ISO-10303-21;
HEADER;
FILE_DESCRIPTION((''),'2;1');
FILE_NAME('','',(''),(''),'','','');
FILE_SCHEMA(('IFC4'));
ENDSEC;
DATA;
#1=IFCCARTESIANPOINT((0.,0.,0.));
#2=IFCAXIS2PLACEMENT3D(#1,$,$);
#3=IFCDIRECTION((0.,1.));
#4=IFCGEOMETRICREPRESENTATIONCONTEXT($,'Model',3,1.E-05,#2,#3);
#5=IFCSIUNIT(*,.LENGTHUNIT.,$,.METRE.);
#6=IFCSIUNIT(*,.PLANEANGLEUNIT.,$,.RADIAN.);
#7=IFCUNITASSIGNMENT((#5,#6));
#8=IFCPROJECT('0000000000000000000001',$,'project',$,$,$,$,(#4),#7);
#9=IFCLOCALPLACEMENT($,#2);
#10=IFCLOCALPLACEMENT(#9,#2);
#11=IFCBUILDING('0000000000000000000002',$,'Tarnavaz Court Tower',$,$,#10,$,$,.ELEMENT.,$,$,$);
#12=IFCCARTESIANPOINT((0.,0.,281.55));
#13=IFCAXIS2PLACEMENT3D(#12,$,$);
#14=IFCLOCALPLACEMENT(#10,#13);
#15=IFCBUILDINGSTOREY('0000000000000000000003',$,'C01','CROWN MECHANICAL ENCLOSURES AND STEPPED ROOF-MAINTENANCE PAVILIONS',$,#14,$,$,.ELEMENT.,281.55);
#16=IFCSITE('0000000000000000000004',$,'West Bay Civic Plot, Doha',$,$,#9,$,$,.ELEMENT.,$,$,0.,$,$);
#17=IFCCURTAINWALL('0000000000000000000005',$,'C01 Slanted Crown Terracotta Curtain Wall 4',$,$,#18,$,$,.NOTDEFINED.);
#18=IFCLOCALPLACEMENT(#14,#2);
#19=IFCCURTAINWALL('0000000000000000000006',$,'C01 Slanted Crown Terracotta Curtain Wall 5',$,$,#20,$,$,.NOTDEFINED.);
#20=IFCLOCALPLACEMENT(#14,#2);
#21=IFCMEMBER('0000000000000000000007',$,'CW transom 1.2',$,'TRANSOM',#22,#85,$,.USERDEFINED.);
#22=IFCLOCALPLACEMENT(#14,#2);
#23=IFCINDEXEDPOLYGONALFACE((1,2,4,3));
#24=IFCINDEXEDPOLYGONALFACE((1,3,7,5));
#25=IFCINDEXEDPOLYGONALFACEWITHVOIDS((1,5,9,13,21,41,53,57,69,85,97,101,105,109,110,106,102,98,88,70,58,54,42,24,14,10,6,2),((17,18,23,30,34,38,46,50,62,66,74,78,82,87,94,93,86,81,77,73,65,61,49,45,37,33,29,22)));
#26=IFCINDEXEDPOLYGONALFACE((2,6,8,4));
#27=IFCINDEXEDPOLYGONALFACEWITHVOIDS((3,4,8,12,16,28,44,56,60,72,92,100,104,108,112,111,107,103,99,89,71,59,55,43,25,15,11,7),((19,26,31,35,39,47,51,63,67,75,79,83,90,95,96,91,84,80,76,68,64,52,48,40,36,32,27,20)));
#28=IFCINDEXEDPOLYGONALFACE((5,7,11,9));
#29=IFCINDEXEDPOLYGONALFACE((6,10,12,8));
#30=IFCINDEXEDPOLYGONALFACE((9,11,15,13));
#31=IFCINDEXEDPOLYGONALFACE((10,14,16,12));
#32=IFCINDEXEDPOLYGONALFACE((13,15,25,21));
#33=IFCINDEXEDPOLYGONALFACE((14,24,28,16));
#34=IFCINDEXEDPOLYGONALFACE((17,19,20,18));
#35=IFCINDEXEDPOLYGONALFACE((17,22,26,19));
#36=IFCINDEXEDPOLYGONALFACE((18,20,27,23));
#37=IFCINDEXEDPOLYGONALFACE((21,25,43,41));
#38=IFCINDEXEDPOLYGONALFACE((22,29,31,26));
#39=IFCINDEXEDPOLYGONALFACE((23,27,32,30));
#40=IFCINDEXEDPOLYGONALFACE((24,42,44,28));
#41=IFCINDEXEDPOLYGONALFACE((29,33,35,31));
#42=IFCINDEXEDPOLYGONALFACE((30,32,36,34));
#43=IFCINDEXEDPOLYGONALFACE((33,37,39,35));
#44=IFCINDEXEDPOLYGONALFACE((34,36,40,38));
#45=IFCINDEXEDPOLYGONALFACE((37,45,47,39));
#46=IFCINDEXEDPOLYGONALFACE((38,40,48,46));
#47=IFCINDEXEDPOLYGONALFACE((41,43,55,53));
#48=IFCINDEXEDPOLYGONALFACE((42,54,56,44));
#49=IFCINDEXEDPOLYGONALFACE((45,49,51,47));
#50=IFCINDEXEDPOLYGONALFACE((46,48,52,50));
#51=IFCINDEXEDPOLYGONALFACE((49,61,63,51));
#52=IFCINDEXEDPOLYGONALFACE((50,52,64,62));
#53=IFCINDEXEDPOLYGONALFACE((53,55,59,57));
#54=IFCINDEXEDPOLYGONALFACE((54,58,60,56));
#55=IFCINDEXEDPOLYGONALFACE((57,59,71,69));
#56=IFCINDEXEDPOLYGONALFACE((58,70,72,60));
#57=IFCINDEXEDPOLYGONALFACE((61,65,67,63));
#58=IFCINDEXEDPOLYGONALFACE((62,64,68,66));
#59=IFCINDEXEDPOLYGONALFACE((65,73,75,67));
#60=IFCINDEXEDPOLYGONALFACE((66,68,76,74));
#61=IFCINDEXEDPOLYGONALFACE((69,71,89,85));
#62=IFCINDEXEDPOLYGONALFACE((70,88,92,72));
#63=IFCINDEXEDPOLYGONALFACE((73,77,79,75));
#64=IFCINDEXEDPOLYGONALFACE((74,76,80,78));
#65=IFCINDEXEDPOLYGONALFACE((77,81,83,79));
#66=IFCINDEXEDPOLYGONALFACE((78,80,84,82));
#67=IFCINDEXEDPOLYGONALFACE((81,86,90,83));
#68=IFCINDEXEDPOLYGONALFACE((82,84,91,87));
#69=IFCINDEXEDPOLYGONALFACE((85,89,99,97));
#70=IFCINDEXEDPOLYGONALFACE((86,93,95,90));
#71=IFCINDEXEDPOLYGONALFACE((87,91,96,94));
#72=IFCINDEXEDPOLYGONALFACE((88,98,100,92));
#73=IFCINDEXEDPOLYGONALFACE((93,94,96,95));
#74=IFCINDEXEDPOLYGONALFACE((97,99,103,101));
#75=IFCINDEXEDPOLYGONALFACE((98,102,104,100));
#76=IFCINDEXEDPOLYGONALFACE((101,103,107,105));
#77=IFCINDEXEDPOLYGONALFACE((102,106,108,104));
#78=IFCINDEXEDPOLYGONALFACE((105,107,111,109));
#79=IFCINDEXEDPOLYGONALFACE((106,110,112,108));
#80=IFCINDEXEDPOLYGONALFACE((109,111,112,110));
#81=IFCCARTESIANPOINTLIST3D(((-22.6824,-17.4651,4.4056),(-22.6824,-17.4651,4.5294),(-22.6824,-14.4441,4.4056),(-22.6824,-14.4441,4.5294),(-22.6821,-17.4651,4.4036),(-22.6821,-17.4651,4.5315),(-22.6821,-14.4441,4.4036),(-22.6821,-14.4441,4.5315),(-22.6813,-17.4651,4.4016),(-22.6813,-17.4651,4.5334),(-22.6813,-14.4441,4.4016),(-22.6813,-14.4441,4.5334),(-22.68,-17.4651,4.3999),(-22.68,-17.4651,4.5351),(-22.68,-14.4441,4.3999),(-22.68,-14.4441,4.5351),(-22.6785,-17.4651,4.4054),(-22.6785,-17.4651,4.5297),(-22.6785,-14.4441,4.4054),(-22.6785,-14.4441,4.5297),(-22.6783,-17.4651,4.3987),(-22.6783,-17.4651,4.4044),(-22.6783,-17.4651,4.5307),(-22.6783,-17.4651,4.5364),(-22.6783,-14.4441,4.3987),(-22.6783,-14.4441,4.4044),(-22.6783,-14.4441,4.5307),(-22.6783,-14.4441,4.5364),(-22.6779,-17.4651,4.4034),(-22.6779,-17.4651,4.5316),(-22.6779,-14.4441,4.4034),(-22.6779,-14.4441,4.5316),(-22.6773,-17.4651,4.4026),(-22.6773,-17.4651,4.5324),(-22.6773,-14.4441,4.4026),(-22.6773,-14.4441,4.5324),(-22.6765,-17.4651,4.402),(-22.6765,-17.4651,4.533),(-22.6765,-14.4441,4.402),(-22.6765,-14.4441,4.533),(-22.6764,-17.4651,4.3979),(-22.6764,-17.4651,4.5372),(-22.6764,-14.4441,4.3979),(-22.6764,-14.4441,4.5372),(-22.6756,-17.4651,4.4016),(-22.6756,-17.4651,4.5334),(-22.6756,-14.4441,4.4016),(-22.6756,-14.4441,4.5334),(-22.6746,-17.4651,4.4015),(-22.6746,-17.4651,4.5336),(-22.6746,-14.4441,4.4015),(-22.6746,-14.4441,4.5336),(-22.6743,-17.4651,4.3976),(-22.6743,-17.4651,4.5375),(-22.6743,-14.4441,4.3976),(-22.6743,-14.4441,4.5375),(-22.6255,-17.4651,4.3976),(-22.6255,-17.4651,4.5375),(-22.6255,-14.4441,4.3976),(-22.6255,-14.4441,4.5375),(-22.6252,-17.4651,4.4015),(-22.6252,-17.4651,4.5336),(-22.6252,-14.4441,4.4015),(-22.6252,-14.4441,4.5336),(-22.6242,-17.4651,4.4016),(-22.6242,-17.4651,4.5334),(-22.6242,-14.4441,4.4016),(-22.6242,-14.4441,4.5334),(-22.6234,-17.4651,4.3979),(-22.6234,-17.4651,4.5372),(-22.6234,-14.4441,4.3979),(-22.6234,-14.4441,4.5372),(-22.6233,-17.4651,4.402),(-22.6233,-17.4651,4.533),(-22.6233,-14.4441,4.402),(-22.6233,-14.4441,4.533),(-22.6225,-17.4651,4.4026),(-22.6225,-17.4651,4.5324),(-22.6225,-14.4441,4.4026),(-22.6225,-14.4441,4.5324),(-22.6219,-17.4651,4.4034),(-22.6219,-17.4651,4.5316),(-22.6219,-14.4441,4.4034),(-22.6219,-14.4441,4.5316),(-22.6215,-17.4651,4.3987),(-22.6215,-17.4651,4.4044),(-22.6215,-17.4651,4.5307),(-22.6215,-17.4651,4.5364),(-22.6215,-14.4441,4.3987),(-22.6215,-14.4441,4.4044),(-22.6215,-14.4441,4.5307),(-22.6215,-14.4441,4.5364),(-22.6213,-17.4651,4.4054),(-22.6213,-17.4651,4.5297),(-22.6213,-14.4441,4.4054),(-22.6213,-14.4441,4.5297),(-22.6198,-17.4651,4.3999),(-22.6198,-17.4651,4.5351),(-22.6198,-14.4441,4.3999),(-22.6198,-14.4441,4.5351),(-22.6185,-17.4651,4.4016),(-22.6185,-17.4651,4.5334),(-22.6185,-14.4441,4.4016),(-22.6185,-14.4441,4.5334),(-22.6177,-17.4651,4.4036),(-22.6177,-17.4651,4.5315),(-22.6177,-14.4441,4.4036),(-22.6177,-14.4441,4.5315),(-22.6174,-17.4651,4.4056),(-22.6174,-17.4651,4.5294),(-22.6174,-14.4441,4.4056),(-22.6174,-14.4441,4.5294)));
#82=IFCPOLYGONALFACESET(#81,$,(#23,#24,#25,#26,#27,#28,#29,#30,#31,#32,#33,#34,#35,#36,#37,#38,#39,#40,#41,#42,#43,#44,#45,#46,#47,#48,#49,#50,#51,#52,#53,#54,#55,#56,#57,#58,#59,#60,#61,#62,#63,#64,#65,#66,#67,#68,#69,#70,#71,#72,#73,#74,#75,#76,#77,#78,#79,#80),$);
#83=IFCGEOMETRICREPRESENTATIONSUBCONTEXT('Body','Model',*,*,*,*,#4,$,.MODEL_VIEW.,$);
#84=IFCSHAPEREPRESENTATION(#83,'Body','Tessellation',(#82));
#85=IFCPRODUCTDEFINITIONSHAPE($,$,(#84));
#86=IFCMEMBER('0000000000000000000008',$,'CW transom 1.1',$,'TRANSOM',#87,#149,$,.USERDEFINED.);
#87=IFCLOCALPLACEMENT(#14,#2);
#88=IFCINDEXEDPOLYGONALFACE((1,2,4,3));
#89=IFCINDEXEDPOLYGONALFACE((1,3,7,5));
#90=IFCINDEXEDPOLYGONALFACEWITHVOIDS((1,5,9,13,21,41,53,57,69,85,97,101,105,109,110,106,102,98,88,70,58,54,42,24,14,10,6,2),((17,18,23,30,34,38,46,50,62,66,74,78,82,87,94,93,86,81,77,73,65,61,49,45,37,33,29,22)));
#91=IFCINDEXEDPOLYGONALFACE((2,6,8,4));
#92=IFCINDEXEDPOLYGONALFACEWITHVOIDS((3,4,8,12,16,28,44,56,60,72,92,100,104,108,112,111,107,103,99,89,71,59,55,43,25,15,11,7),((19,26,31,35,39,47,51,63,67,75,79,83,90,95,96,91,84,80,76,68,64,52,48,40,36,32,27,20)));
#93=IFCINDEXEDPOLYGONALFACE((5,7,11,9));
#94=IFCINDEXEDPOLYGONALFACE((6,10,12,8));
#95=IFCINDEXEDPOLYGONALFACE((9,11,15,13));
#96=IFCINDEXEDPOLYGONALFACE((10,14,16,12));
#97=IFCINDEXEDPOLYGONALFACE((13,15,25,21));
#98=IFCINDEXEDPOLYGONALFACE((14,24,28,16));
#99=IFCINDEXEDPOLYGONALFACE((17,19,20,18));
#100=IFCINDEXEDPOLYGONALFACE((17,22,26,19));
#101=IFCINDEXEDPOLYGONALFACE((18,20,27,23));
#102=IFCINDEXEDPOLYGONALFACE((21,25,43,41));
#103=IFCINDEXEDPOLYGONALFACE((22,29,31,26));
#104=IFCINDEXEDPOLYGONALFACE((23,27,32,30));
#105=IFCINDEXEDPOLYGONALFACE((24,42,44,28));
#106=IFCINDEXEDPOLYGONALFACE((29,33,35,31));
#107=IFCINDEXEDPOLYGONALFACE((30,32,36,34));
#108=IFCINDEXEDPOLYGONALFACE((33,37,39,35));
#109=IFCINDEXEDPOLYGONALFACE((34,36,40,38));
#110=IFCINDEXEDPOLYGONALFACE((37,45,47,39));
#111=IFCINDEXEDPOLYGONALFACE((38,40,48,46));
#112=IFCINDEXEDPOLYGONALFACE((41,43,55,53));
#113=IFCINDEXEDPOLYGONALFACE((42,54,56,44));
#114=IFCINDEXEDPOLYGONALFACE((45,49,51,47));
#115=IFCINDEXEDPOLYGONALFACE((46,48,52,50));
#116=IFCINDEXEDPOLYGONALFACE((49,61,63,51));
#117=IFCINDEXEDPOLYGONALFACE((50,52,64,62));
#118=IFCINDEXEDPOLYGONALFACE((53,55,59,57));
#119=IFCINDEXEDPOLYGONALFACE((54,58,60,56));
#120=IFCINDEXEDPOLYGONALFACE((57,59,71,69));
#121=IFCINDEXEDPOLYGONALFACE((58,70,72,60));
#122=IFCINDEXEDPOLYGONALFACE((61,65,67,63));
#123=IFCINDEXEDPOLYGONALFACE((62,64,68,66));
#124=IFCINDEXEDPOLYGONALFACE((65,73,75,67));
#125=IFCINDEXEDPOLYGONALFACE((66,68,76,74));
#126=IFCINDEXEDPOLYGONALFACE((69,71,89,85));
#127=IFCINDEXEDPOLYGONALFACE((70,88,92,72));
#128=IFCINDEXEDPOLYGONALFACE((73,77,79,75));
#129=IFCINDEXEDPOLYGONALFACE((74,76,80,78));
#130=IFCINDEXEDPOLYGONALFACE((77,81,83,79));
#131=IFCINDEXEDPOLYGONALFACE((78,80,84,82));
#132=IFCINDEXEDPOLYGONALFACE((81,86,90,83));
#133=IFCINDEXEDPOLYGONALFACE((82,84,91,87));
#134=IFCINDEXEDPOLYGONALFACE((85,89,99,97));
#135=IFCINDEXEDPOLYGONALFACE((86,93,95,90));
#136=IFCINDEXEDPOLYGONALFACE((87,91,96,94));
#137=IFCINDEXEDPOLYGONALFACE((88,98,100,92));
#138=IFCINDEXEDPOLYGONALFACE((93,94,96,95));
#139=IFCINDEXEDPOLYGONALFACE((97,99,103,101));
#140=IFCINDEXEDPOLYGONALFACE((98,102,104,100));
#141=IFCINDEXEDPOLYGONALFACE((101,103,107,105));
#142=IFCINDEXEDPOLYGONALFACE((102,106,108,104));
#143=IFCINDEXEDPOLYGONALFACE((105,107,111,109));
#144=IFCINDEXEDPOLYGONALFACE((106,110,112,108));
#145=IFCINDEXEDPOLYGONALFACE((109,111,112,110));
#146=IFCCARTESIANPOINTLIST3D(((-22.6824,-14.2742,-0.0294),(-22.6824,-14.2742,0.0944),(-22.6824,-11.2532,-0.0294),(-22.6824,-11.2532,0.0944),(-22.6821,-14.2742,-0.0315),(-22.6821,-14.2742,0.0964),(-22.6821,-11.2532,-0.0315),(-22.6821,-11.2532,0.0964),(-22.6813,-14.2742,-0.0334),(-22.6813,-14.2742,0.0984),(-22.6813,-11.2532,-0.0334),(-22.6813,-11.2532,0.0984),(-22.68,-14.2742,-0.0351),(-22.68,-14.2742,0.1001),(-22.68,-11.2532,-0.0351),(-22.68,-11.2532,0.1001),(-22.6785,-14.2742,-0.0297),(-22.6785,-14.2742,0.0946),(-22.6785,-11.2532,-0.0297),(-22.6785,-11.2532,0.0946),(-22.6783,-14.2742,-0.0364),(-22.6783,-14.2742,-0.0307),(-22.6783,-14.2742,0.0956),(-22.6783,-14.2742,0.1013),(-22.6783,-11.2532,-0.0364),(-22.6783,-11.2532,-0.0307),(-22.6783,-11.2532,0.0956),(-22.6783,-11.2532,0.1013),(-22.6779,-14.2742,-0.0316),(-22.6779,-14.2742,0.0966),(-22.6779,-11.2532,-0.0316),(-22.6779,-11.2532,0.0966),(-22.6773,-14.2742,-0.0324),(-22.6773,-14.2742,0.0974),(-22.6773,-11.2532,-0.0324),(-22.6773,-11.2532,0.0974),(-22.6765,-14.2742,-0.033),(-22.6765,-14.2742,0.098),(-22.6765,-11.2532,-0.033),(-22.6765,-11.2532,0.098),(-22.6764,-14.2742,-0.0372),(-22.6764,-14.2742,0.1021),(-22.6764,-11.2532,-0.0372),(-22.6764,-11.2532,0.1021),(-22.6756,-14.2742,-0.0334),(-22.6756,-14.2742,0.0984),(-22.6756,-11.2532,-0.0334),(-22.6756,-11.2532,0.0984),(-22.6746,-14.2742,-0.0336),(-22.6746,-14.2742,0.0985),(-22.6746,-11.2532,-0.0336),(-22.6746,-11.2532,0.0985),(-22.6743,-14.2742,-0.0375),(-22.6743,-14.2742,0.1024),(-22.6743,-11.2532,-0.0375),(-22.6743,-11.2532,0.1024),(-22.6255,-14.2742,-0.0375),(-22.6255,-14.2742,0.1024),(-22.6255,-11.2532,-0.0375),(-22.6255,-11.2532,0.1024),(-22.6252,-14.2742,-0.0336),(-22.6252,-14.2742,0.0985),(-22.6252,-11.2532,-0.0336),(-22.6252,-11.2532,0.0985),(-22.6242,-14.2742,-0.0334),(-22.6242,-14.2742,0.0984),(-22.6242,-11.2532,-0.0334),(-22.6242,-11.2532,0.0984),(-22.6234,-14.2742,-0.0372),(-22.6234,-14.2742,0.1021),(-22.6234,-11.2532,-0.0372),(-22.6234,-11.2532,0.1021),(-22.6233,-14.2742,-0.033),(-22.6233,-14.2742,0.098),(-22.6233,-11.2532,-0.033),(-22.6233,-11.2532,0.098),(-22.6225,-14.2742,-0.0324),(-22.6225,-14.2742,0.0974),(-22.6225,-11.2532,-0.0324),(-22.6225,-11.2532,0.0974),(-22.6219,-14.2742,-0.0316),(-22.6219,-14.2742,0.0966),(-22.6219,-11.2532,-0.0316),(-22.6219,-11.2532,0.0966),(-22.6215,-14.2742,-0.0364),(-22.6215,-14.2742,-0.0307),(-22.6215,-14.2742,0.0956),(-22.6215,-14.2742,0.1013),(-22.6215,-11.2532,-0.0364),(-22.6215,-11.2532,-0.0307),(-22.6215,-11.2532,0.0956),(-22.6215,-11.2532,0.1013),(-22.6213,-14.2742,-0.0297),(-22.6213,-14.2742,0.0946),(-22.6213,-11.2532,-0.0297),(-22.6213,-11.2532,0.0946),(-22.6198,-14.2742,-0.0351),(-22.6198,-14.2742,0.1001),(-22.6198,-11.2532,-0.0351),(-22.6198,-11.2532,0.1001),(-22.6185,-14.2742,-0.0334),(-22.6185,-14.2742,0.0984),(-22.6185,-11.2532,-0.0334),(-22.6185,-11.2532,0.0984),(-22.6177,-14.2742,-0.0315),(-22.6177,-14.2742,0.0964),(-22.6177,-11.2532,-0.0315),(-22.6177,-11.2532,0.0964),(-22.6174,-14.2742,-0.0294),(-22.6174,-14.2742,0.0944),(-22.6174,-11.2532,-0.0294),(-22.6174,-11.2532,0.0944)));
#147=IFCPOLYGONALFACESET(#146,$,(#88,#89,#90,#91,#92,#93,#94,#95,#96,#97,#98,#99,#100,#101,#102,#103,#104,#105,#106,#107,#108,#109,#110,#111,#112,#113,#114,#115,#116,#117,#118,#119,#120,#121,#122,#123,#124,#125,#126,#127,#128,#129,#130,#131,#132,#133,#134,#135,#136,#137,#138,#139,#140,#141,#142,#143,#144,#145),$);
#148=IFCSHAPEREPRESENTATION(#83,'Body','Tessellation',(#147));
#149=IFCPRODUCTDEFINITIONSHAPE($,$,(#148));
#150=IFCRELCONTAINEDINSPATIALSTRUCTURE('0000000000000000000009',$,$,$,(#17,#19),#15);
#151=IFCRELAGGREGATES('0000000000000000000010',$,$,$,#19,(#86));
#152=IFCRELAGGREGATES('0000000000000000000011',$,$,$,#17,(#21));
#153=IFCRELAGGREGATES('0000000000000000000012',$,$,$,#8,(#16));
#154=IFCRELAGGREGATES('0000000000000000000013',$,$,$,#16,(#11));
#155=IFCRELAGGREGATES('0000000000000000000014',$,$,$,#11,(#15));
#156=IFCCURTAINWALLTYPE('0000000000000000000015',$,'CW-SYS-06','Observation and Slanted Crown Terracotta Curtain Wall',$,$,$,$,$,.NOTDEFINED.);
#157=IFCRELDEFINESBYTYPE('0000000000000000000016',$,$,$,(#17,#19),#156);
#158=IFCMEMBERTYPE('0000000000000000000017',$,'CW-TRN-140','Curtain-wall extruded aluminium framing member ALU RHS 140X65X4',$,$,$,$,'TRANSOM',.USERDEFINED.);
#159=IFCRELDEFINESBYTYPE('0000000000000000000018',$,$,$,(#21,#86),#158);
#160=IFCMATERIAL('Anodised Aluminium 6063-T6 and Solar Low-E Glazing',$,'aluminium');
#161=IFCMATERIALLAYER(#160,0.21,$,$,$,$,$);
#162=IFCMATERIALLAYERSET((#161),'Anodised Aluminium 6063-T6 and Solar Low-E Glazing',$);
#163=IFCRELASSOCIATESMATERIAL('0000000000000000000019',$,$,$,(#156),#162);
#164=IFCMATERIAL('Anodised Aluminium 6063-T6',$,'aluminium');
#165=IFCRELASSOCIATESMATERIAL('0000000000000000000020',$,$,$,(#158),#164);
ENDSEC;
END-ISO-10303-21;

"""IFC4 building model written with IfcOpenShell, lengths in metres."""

from ifc_helpers import new_model, si_unit, direction, frame, origin, origin_2d, place, context, subcontext, project, spatial, hollow_rectangle, extrude, material, layer, layer_set, material_profile, profile_set, type_object, element, aggregate, save


model = new_model("IFC4")

# Units and contexts
model_context = context("Model", 3, precision=1e-05, world=origin(), true_north=direction((0.0, 1.0)))
body_context = subcontext(model_context, "Body", "Model", "MODEL_VIEW")
ifc_project = project(units=[si_unit("LENGTHUNIT", "METRE"), si_unit("PLANEANGLEUNIT", "RADIAN")], contexts=[model_context])

# Site, building, storey
site_placement = place(None, origin())
site = spatial("IfcSite", under=ifc_project, at=site_placement, Name="West Bay Civic Plot, Doha", CompositionType="ELEMENT", RefElevation=0.0)
building_placement = place(site_placement, origin())
building = spatial("IfcBuilding", under=site, at=building_placement, Name="Tarnavaz Court Tower", CompositionType="ELEMENT")
storey_placement = place(building_placement, frame((0.0, 0.0, 281.55)))
storey = spatial("IfcBuildingStorey", under=building, at=storey_placement, Name="C01", Description="CROWN MECHANICAL ENCLOSURES AND STEPPED ROOF-MAINTENANCE PAVILIONS", CompositionType="ELEMENT", Elevation=281.55)

# Curtain wall
ifc_material_1 = material(Name="Anodised Aluminium 6063-T6 and Solar Low-E Glazing", Category="aluminium")
ifc_layer_1 = layer(ifc_material_1, 0.21)
ifc_layer_set_1 = layer_set([ifc_layer_1], Name="Anodised Aluminium 6063-T6 and Solar Low-E Glazing")
curtain_wall_type = type_object("IfcCurtainWallType", Name="CW-SYS-06", Description="Observation and Slanted Crown Terracotta Curtain Wall", PredefinedType="NOTDEFINED", material=ifc_layer_set_1)
ifc_material_2 = material(Name="Anodised Aluminium 6063-T6", Category="aluminium")
curtain_wall_1_placement = place(storey_placement, origin())
curtain_wall_1 = element("IfcCurtainWall", 1, at=curtain_wall_1_placement, inside=storey, type_object=curtain_wall_type, Name="C01 Slanted Crown Terracotta Curtain Wall 4", PredefinedType="NOTDEFINED")

# Curtain wall
curtain_wall_2_placement = place(storey_placement, origin())
curtain_wall_2 = element("IfcCurtainWall", 2, at=curtain_wall_2_placement, inside=storey, type_object=curtain_wall_type, Name="C01 Slanted Crown Terracotta Curtain Wall 5", PredefinedType="NOTDEFINED")

# Members
ifc_material_profile_1 = material_profile(ifc_material_2, hollow_rectangle(XDim=0.0649, YDim=0.1399, WallThickness=0.0039, InnerFilletRadius=0.0039, OuterFilletRadius=0.0081, at=origin_2d()), Name="ALU RHS 140X65X4")
ifc_profile_set_1 = profile_set([ifc_material_profile_1], Name="Anodised Aluminium 6063-T6")
member_type_1 = type_object("IfcMemberType", Name="CW-TRN-140", Description="Curtain-wall extruded aluminium framing member ALU RHS 140X65X4", ElementType="TRANSOM", PredefinedType="USERDEFINED", material=ifc_profile_set_1)
member_1_placement = place(storey_placement, frame((-22.6499, -17.4651, 4.4675), z_axis=(0.0, 1.0, 0.0), x_axis=(-1.0, 0.0, 0.0)))
member_1 = element("IfcMember", 3, at=member_1_placement, type_object=member_type_1, Name="CW transom 1.2", ObjectType="TRANSOM", PredefinedType="USERDEFINED", context=body_context, shape_type="SweptSolid", body=[
    extrude(hollow_rectangle(XDim=0.0649, YDim=0.1399, WallThickness=0.0039, InnerFilletRadius=0.0039, OuterFilletRadius=0.0081, at=origin_2d()), origin(), (0.0, 0.0, 1.0), 3.021),
])
member_2_placement = place(storey_placement, frame((-22.6499, -14.2742, 0.0325), z_axis=(0.0, 1.0, 0.0), x_axis=(-1.0, 0.0, 0.0)))
member_2 = element("IfcMember", 4, at=member_2_placement, type_object=member_type_1, Name="CW transom 1.1", ObjectType="TRANSOM", PredefinedType="USERDEFINED", context=body_context, shape_type="SweptSolid", body=[
    extrude(hollow_rectangle(XDim=0.0649, YDim=0.1399, WallThickness=0.0039, InnerFilletRadius=0.0039, OuterFilletRadius=0.0081, at=origin_2d()), origin(), (0.0, 0.0, 1.0), 3.021),
])
aggregate(curtain_wall_2, [member_2])

aggregate(curtain_wall_1, [member_1])

save(model, "model.ifc")
